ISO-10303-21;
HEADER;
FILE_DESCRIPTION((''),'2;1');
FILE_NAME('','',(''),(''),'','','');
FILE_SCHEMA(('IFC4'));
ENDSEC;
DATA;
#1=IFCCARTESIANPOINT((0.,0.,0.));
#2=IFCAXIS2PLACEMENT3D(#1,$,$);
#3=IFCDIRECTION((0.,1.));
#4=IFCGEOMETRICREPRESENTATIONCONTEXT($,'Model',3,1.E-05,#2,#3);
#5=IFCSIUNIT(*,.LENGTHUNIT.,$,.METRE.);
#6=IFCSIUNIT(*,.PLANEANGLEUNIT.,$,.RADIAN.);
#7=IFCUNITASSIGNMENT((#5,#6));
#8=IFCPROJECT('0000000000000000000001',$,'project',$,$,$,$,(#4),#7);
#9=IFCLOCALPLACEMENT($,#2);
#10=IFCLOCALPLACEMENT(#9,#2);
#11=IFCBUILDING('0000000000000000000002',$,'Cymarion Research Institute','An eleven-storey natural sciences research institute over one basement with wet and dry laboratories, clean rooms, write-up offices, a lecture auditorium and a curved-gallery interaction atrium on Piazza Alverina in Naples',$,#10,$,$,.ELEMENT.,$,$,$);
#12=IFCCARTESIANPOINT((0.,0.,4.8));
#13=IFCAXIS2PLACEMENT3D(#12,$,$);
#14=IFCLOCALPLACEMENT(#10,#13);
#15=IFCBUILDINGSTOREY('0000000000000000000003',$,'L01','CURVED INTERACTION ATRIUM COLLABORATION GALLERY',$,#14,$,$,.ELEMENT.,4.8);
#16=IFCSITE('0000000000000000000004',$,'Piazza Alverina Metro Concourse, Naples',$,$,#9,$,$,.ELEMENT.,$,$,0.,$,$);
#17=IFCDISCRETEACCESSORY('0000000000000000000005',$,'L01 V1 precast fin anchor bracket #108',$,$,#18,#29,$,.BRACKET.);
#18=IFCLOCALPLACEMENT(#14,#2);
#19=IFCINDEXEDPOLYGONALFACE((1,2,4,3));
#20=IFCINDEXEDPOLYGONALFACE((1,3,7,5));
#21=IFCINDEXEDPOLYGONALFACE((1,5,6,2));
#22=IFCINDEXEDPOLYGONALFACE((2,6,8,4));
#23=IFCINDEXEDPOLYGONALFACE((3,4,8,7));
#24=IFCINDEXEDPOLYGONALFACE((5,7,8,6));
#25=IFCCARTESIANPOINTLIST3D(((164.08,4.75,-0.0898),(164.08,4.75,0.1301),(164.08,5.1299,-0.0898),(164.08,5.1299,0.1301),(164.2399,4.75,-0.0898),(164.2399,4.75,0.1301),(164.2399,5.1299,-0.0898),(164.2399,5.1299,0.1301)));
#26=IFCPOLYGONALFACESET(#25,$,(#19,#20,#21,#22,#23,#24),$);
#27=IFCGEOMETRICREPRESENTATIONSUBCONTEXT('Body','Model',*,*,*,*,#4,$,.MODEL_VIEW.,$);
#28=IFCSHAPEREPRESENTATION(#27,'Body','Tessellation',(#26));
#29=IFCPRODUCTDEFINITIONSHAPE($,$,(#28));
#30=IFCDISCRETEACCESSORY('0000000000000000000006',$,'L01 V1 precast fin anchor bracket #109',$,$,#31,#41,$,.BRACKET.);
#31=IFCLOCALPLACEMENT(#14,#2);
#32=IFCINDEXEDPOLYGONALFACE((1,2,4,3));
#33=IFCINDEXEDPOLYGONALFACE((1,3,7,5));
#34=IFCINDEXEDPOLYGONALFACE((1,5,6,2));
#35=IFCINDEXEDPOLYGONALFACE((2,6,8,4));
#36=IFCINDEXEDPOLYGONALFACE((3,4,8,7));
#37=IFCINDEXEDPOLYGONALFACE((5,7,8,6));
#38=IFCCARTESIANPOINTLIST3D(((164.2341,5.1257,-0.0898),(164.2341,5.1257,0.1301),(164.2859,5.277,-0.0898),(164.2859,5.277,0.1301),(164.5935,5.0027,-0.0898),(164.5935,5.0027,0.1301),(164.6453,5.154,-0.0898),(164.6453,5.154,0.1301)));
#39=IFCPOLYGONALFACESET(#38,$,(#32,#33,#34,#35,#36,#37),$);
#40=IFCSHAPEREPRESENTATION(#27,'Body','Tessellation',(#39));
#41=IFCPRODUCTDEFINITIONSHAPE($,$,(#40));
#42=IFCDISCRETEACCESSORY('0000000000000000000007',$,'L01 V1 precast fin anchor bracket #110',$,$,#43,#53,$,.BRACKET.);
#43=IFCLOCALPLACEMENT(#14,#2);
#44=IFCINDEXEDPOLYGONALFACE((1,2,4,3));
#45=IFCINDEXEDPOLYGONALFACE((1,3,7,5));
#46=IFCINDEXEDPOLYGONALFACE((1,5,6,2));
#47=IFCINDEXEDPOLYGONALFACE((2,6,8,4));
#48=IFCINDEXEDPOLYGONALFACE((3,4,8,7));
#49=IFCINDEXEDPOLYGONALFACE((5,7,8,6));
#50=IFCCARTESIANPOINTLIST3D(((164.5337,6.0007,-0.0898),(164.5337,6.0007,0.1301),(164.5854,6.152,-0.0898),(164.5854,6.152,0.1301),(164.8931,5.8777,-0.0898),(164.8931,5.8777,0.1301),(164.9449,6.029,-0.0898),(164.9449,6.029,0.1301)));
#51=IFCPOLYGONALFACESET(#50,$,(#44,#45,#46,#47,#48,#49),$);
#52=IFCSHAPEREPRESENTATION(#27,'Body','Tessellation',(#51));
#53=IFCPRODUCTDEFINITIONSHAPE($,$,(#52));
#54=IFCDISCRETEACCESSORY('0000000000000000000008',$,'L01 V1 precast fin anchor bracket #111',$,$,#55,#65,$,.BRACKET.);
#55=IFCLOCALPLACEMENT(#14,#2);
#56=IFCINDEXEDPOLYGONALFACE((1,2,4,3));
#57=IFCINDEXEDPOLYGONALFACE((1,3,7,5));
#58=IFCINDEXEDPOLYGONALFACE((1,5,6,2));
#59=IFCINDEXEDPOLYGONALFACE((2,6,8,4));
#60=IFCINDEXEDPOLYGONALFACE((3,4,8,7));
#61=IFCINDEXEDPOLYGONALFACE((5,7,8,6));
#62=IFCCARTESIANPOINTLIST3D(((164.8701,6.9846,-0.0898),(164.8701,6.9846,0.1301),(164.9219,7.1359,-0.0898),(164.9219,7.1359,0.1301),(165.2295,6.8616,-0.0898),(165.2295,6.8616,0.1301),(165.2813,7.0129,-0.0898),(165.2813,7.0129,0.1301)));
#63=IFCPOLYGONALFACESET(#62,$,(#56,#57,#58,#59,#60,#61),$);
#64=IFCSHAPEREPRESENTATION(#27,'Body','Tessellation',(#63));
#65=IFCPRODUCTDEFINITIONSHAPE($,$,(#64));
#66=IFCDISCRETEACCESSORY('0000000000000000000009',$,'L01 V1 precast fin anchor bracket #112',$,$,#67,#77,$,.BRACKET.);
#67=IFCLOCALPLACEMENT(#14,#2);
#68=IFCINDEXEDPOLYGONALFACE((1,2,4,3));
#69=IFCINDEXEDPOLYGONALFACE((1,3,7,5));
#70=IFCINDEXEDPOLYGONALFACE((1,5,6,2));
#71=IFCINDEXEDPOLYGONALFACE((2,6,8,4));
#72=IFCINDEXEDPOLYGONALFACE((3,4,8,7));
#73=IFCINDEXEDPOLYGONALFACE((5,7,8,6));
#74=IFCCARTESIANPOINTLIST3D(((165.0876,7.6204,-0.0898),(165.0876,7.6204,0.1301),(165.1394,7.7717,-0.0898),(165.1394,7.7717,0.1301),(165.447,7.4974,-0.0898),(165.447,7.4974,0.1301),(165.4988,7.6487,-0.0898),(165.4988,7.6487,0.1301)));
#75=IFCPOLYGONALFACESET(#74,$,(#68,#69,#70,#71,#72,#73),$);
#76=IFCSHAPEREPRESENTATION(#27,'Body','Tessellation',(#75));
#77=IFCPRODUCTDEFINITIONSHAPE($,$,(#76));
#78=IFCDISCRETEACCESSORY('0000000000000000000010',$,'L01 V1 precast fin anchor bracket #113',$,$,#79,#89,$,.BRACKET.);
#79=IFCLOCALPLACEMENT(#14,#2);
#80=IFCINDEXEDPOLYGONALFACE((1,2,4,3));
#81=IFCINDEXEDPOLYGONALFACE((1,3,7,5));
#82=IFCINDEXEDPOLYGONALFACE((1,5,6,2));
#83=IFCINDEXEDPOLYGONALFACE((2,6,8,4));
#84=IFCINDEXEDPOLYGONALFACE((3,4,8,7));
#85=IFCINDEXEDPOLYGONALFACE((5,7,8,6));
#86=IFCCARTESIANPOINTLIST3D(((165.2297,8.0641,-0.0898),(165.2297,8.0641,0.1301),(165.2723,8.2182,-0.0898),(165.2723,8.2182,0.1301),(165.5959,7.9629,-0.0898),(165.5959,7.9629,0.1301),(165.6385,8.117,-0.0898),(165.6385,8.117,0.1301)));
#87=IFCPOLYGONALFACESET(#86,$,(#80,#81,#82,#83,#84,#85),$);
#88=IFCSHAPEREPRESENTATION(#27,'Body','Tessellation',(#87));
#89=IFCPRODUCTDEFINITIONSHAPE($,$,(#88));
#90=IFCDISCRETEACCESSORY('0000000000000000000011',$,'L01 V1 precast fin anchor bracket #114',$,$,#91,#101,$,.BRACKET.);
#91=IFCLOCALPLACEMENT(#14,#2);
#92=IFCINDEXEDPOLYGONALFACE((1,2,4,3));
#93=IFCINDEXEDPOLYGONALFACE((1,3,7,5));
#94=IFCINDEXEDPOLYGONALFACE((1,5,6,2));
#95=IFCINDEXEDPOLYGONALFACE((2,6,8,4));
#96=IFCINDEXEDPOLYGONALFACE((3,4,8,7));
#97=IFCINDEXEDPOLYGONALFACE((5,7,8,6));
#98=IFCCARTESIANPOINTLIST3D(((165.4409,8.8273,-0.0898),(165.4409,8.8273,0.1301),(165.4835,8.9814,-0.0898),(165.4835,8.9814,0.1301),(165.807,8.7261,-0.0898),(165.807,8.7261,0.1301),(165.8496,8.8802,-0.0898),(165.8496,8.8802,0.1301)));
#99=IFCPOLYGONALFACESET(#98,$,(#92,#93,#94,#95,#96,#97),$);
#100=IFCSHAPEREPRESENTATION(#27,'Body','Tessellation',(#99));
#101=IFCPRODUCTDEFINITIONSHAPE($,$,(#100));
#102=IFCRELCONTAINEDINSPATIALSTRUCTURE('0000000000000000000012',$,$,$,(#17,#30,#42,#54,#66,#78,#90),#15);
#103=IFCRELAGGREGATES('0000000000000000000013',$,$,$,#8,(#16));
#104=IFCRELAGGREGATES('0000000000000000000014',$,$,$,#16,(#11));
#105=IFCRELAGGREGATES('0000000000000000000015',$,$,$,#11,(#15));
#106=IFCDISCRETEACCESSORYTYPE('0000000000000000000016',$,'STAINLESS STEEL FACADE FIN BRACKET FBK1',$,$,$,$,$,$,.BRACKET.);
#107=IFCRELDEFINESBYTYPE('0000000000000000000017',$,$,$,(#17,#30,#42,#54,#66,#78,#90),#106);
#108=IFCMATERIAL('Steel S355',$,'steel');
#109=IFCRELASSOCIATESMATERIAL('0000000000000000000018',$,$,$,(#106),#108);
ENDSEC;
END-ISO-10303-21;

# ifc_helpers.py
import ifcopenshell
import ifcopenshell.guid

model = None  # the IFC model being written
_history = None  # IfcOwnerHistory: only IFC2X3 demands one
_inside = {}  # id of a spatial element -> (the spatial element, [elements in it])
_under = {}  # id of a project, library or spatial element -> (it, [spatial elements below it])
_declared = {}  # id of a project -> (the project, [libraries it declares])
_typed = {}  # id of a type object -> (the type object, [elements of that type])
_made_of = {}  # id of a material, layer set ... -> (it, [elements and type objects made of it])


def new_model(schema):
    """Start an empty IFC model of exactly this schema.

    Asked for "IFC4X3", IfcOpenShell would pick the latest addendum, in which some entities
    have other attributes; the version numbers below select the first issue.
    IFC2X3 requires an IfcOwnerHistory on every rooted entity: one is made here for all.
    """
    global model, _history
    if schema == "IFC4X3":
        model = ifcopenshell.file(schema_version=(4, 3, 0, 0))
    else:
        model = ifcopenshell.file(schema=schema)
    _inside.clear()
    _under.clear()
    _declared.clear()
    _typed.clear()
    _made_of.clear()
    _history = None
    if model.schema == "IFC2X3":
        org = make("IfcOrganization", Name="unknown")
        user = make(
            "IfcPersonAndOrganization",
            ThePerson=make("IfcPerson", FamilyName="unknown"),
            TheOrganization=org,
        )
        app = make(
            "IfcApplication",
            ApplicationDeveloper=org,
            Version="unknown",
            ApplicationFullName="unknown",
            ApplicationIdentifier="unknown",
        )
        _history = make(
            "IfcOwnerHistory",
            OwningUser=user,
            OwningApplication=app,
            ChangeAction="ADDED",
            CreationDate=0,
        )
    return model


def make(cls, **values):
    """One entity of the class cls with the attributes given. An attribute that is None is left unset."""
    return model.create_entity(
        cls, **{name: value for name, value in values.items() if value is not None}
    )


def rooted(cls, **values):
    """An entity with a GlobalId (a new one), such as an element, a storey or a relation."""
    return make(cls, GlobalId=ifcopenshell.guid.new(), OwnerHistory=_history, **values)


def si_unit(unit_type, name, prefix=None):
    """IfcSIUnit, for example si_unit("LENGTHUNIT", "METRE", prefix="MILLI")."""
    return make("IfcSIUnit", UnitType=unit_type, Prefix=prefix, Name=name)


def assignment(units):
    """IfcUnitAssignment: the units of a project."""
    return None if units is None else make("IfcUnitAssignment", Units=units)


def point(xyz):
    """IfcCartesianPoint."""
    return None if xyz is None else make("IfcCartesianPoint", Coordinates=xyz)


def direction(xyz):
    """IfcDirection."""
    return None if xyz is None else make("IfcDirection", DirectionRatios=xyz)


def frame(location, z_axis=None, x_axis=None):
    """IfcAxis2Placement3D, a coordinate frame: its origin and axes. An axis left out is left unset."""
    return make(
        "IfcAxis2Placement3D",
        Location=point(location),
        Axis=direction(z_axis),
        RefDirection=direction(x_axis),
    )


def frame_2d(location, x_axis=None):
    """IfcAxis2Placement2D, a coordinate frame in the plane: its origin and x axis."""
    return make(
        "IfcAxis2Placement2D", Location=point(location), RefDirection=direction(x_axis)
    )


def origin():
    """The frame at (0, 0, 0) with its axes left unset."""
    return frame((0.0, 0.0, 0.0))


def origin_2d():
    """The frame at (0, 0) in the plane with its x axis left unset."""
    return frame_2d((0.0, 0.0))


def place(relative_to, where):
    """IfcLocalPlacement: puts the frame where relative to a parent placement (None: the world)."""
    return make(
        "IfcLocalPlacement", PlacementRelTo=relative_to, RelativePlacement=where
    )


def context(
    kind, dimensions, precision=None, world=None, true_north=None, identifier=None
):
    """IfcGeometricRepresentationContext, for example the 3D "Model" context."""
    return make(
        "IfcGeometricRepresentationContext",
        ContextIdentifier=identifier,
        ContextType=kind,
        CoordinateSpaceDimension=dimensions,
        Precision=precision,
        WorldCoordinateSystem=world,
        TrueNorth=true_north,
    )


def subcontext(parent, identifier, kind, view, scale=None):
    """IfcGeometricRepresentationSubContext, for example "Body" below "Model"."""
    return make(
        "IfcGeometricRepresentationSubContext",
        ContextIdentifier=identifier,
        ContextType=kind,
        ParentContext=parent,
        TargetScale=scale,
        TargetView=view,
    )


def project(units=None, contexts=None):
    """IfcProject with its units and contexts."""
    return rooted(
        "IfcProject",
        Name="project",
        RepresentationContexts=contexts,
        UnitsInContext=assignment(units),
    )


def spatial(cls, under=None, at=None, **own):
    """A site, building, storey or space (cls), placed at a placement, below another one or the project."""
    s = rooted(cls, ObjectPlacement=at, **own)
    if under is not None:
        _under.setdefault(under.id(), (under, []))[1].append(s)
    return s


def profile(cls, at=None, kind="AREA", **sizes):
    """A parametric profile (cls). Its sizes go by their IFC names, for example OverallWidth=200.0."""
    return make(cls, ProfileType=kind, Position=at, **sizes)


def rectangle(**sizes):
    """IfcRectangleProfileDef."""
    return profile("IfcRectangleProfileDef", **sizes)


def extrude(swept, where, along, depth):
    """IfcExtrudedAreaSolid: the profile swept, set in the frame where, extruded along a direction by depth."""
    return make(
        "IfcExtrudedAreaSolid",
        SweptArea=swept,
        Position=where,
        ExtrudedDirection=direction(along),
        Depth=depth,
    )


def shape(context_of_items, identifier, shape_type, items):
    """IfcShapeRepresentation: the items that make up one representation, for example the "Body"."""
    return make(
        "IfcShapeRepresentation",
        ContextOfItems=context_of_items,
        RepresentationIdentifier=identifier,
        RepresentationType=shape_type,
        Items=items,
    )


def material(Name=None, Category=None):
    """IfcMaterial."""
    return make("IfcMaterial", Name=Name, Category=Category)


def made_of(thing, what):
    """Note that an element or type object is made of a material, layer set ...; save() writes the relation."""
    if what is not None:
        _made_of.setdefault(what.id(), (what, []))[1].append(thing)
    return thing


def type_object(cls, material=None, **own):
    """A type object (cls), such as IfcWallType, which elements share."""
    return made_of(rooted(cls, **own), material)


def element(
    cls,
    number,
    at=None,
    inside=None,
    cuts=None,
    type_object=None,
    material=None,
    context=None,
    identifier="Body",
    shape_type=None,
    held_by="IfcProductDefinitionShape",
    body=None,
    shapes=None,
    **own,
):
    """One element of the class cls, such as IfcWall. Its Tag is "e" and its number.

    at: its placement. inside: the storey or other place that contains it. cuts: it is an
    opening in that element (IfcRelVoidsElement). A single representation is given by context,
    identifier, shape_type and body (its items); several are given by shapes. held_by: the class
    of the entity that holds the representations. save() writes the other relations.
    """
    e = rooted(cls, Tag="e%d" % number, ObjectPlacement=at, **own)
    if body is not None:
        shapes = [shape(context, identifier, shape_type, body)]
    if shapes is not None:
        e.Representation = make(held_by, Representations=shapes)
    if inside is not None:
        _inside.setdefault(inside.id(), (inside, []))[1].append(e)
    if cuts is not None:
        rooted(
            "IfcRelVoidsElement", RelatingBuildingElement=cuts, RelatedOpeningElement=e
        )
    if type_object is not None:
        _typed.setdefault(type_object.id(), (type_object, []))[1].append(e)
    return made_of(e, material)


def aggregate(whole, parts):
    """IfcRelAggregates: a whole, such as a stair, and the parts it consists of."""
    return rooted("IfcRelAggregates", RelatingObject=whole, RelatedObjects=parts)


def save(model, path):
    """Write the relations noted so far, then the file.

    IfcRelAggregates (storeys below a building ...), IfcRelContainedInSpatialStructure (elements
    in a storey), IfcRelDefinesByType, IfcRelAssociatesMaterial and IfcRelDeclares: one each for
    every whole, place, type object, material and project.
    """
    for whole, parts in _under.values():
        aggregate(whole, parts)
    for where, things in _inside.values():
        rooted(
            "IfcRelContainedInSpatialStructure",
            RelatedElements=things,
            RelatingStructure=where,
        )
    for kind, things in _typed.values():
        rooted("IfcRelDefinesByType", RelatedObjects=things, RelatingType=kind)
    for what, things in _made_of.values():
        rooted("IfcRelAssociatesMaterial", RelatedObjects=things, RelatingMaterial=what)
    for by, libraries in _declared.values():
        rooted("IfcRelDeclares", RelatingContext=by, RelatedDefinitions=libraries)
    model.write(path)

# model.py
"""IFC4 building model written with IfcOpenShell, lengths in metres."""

from ifc_helpers import new_model, si_unit, direction, frame, origin, origin_2d, place, context, subcontext, project, spatial, rectangle, extrude, material, type_object, element, save


model = new_model("IFC4")

# Units and contexts
model_context = context("Model", 3, precision=1e-05, world=origin(), true_north=direction((0.0, 1.0)))
body_context = subcontext(model_context, "Body", "Model", "MODEL_VIEW")
ifc_project = project(units=[si_unit("LENGTHUNIT", "METRE"), si_unit("PLANEANGLEUNIT", "RADIAN")], contexts=[model_context])

# Site, building, storey
site_placement = place(None, origin())
site = spatial("IfcSite", under=ifc_project, at=site_placement, Name="Piazza Alverina Metro Concourse, Naples", CompositionType="ELEMENT", RefElevation=0.0)
building_placement = place(site_placement, origin())
building = spatial("IfcBuilding", under=site, at=building_placement, Name="Cymarion Research Institute", Description="An eleven-storey natural sciences research institute over one basement with wet and dry laboratories, clean rooms, write-up offices, a lecture auditorium and a curved-gallery interaction atrium on Piazza Alverina in Naples", CompositionType="ELEMENT")
storey_placement = place(building_placement, frame((0.0, 0.0, 4.8)))
storey = spatial("IfcBuildingStorey", under=building, at=storey_placement, Name="L01", Description="CURVED INTERACTION ATRIUM COLLABORATION GALLERY", CompositionType="ELEMENT", Elevation=4.8)

# Shared definitions
ifc_material_1 = material(Name="Steel S355", Category="steel")

# Discrete accessories
discrete_accessory_type = type_object("IfcDiscreteAccessoryType", Name="STAINLESS STEEL FACADE FIN BRACKET FBK1", PredefinedType="BRACKET", material=ifc_material_1)
for number, where, z_axis, x_axis, name in (
    (1, (164.1599, 4.9399, -0.0898), (0.0, 0.0, 1.0), (0.0, -1.0, 0.0), "L01 V1 precast fin anchor bracket #108"),
    (2, (164.4397, 5.1399, -0.0898), (0.0, 0.0, 1.0), (0.946142, -0.323752, 0.0), "L01 V1 precast fin anchor bracket #109"),
    (3, (164.7393, 6.0149, -0.0898), (0.0, 0.0, 1.0), (0.946142, -0.323752, 0.0), "L01 V1 precast fin anchor bracket #110"),
    (4, (165.0757, 6.9988, -0.0898), (0.0, 0.0, 1.0), (0.946142, -0.323752, 0.0), "L01 V1 precast fin anchor bracket #111"),
    (5, (165.2932, 7.6345, -0.0898), (0.0, 0.0, 1.0), (0.946142, -0.323752, 0.0), "L01 V1 precast fin anchor bracket #112"),
    (6, (165.4341, 8.0906, -0.0898), (0.0, 0.0, 1.0), (0.963863, -0.266397, 0.0), "L01 V1 precast fin anchor bracket #113"),
    (7, (165.6453, 8.8538, -0.0898), (0.0, 0.0, 1.0), (0.963863, -0.266397, 0.0), "L01 V1 precast fin anchor bracket #114"),
):
    element("IfcDiscreteAccessory", number, at=place(storey_placement, frame(where, z_axis=z_axis, x_axis=x_axis)), inside=storey, type_object=discrete_accessory_type, Name=name, PredefinedType="BRACKET", context=body_context, shape_type="SweptSolid", body=[
        extrude(rectangle(XDim=0.3799, YDim=0.1599, at=origin_2d()), origin(), (0.0, 0.0, 1.0), 0.22),
    ])

save(model, "model.ifc")
